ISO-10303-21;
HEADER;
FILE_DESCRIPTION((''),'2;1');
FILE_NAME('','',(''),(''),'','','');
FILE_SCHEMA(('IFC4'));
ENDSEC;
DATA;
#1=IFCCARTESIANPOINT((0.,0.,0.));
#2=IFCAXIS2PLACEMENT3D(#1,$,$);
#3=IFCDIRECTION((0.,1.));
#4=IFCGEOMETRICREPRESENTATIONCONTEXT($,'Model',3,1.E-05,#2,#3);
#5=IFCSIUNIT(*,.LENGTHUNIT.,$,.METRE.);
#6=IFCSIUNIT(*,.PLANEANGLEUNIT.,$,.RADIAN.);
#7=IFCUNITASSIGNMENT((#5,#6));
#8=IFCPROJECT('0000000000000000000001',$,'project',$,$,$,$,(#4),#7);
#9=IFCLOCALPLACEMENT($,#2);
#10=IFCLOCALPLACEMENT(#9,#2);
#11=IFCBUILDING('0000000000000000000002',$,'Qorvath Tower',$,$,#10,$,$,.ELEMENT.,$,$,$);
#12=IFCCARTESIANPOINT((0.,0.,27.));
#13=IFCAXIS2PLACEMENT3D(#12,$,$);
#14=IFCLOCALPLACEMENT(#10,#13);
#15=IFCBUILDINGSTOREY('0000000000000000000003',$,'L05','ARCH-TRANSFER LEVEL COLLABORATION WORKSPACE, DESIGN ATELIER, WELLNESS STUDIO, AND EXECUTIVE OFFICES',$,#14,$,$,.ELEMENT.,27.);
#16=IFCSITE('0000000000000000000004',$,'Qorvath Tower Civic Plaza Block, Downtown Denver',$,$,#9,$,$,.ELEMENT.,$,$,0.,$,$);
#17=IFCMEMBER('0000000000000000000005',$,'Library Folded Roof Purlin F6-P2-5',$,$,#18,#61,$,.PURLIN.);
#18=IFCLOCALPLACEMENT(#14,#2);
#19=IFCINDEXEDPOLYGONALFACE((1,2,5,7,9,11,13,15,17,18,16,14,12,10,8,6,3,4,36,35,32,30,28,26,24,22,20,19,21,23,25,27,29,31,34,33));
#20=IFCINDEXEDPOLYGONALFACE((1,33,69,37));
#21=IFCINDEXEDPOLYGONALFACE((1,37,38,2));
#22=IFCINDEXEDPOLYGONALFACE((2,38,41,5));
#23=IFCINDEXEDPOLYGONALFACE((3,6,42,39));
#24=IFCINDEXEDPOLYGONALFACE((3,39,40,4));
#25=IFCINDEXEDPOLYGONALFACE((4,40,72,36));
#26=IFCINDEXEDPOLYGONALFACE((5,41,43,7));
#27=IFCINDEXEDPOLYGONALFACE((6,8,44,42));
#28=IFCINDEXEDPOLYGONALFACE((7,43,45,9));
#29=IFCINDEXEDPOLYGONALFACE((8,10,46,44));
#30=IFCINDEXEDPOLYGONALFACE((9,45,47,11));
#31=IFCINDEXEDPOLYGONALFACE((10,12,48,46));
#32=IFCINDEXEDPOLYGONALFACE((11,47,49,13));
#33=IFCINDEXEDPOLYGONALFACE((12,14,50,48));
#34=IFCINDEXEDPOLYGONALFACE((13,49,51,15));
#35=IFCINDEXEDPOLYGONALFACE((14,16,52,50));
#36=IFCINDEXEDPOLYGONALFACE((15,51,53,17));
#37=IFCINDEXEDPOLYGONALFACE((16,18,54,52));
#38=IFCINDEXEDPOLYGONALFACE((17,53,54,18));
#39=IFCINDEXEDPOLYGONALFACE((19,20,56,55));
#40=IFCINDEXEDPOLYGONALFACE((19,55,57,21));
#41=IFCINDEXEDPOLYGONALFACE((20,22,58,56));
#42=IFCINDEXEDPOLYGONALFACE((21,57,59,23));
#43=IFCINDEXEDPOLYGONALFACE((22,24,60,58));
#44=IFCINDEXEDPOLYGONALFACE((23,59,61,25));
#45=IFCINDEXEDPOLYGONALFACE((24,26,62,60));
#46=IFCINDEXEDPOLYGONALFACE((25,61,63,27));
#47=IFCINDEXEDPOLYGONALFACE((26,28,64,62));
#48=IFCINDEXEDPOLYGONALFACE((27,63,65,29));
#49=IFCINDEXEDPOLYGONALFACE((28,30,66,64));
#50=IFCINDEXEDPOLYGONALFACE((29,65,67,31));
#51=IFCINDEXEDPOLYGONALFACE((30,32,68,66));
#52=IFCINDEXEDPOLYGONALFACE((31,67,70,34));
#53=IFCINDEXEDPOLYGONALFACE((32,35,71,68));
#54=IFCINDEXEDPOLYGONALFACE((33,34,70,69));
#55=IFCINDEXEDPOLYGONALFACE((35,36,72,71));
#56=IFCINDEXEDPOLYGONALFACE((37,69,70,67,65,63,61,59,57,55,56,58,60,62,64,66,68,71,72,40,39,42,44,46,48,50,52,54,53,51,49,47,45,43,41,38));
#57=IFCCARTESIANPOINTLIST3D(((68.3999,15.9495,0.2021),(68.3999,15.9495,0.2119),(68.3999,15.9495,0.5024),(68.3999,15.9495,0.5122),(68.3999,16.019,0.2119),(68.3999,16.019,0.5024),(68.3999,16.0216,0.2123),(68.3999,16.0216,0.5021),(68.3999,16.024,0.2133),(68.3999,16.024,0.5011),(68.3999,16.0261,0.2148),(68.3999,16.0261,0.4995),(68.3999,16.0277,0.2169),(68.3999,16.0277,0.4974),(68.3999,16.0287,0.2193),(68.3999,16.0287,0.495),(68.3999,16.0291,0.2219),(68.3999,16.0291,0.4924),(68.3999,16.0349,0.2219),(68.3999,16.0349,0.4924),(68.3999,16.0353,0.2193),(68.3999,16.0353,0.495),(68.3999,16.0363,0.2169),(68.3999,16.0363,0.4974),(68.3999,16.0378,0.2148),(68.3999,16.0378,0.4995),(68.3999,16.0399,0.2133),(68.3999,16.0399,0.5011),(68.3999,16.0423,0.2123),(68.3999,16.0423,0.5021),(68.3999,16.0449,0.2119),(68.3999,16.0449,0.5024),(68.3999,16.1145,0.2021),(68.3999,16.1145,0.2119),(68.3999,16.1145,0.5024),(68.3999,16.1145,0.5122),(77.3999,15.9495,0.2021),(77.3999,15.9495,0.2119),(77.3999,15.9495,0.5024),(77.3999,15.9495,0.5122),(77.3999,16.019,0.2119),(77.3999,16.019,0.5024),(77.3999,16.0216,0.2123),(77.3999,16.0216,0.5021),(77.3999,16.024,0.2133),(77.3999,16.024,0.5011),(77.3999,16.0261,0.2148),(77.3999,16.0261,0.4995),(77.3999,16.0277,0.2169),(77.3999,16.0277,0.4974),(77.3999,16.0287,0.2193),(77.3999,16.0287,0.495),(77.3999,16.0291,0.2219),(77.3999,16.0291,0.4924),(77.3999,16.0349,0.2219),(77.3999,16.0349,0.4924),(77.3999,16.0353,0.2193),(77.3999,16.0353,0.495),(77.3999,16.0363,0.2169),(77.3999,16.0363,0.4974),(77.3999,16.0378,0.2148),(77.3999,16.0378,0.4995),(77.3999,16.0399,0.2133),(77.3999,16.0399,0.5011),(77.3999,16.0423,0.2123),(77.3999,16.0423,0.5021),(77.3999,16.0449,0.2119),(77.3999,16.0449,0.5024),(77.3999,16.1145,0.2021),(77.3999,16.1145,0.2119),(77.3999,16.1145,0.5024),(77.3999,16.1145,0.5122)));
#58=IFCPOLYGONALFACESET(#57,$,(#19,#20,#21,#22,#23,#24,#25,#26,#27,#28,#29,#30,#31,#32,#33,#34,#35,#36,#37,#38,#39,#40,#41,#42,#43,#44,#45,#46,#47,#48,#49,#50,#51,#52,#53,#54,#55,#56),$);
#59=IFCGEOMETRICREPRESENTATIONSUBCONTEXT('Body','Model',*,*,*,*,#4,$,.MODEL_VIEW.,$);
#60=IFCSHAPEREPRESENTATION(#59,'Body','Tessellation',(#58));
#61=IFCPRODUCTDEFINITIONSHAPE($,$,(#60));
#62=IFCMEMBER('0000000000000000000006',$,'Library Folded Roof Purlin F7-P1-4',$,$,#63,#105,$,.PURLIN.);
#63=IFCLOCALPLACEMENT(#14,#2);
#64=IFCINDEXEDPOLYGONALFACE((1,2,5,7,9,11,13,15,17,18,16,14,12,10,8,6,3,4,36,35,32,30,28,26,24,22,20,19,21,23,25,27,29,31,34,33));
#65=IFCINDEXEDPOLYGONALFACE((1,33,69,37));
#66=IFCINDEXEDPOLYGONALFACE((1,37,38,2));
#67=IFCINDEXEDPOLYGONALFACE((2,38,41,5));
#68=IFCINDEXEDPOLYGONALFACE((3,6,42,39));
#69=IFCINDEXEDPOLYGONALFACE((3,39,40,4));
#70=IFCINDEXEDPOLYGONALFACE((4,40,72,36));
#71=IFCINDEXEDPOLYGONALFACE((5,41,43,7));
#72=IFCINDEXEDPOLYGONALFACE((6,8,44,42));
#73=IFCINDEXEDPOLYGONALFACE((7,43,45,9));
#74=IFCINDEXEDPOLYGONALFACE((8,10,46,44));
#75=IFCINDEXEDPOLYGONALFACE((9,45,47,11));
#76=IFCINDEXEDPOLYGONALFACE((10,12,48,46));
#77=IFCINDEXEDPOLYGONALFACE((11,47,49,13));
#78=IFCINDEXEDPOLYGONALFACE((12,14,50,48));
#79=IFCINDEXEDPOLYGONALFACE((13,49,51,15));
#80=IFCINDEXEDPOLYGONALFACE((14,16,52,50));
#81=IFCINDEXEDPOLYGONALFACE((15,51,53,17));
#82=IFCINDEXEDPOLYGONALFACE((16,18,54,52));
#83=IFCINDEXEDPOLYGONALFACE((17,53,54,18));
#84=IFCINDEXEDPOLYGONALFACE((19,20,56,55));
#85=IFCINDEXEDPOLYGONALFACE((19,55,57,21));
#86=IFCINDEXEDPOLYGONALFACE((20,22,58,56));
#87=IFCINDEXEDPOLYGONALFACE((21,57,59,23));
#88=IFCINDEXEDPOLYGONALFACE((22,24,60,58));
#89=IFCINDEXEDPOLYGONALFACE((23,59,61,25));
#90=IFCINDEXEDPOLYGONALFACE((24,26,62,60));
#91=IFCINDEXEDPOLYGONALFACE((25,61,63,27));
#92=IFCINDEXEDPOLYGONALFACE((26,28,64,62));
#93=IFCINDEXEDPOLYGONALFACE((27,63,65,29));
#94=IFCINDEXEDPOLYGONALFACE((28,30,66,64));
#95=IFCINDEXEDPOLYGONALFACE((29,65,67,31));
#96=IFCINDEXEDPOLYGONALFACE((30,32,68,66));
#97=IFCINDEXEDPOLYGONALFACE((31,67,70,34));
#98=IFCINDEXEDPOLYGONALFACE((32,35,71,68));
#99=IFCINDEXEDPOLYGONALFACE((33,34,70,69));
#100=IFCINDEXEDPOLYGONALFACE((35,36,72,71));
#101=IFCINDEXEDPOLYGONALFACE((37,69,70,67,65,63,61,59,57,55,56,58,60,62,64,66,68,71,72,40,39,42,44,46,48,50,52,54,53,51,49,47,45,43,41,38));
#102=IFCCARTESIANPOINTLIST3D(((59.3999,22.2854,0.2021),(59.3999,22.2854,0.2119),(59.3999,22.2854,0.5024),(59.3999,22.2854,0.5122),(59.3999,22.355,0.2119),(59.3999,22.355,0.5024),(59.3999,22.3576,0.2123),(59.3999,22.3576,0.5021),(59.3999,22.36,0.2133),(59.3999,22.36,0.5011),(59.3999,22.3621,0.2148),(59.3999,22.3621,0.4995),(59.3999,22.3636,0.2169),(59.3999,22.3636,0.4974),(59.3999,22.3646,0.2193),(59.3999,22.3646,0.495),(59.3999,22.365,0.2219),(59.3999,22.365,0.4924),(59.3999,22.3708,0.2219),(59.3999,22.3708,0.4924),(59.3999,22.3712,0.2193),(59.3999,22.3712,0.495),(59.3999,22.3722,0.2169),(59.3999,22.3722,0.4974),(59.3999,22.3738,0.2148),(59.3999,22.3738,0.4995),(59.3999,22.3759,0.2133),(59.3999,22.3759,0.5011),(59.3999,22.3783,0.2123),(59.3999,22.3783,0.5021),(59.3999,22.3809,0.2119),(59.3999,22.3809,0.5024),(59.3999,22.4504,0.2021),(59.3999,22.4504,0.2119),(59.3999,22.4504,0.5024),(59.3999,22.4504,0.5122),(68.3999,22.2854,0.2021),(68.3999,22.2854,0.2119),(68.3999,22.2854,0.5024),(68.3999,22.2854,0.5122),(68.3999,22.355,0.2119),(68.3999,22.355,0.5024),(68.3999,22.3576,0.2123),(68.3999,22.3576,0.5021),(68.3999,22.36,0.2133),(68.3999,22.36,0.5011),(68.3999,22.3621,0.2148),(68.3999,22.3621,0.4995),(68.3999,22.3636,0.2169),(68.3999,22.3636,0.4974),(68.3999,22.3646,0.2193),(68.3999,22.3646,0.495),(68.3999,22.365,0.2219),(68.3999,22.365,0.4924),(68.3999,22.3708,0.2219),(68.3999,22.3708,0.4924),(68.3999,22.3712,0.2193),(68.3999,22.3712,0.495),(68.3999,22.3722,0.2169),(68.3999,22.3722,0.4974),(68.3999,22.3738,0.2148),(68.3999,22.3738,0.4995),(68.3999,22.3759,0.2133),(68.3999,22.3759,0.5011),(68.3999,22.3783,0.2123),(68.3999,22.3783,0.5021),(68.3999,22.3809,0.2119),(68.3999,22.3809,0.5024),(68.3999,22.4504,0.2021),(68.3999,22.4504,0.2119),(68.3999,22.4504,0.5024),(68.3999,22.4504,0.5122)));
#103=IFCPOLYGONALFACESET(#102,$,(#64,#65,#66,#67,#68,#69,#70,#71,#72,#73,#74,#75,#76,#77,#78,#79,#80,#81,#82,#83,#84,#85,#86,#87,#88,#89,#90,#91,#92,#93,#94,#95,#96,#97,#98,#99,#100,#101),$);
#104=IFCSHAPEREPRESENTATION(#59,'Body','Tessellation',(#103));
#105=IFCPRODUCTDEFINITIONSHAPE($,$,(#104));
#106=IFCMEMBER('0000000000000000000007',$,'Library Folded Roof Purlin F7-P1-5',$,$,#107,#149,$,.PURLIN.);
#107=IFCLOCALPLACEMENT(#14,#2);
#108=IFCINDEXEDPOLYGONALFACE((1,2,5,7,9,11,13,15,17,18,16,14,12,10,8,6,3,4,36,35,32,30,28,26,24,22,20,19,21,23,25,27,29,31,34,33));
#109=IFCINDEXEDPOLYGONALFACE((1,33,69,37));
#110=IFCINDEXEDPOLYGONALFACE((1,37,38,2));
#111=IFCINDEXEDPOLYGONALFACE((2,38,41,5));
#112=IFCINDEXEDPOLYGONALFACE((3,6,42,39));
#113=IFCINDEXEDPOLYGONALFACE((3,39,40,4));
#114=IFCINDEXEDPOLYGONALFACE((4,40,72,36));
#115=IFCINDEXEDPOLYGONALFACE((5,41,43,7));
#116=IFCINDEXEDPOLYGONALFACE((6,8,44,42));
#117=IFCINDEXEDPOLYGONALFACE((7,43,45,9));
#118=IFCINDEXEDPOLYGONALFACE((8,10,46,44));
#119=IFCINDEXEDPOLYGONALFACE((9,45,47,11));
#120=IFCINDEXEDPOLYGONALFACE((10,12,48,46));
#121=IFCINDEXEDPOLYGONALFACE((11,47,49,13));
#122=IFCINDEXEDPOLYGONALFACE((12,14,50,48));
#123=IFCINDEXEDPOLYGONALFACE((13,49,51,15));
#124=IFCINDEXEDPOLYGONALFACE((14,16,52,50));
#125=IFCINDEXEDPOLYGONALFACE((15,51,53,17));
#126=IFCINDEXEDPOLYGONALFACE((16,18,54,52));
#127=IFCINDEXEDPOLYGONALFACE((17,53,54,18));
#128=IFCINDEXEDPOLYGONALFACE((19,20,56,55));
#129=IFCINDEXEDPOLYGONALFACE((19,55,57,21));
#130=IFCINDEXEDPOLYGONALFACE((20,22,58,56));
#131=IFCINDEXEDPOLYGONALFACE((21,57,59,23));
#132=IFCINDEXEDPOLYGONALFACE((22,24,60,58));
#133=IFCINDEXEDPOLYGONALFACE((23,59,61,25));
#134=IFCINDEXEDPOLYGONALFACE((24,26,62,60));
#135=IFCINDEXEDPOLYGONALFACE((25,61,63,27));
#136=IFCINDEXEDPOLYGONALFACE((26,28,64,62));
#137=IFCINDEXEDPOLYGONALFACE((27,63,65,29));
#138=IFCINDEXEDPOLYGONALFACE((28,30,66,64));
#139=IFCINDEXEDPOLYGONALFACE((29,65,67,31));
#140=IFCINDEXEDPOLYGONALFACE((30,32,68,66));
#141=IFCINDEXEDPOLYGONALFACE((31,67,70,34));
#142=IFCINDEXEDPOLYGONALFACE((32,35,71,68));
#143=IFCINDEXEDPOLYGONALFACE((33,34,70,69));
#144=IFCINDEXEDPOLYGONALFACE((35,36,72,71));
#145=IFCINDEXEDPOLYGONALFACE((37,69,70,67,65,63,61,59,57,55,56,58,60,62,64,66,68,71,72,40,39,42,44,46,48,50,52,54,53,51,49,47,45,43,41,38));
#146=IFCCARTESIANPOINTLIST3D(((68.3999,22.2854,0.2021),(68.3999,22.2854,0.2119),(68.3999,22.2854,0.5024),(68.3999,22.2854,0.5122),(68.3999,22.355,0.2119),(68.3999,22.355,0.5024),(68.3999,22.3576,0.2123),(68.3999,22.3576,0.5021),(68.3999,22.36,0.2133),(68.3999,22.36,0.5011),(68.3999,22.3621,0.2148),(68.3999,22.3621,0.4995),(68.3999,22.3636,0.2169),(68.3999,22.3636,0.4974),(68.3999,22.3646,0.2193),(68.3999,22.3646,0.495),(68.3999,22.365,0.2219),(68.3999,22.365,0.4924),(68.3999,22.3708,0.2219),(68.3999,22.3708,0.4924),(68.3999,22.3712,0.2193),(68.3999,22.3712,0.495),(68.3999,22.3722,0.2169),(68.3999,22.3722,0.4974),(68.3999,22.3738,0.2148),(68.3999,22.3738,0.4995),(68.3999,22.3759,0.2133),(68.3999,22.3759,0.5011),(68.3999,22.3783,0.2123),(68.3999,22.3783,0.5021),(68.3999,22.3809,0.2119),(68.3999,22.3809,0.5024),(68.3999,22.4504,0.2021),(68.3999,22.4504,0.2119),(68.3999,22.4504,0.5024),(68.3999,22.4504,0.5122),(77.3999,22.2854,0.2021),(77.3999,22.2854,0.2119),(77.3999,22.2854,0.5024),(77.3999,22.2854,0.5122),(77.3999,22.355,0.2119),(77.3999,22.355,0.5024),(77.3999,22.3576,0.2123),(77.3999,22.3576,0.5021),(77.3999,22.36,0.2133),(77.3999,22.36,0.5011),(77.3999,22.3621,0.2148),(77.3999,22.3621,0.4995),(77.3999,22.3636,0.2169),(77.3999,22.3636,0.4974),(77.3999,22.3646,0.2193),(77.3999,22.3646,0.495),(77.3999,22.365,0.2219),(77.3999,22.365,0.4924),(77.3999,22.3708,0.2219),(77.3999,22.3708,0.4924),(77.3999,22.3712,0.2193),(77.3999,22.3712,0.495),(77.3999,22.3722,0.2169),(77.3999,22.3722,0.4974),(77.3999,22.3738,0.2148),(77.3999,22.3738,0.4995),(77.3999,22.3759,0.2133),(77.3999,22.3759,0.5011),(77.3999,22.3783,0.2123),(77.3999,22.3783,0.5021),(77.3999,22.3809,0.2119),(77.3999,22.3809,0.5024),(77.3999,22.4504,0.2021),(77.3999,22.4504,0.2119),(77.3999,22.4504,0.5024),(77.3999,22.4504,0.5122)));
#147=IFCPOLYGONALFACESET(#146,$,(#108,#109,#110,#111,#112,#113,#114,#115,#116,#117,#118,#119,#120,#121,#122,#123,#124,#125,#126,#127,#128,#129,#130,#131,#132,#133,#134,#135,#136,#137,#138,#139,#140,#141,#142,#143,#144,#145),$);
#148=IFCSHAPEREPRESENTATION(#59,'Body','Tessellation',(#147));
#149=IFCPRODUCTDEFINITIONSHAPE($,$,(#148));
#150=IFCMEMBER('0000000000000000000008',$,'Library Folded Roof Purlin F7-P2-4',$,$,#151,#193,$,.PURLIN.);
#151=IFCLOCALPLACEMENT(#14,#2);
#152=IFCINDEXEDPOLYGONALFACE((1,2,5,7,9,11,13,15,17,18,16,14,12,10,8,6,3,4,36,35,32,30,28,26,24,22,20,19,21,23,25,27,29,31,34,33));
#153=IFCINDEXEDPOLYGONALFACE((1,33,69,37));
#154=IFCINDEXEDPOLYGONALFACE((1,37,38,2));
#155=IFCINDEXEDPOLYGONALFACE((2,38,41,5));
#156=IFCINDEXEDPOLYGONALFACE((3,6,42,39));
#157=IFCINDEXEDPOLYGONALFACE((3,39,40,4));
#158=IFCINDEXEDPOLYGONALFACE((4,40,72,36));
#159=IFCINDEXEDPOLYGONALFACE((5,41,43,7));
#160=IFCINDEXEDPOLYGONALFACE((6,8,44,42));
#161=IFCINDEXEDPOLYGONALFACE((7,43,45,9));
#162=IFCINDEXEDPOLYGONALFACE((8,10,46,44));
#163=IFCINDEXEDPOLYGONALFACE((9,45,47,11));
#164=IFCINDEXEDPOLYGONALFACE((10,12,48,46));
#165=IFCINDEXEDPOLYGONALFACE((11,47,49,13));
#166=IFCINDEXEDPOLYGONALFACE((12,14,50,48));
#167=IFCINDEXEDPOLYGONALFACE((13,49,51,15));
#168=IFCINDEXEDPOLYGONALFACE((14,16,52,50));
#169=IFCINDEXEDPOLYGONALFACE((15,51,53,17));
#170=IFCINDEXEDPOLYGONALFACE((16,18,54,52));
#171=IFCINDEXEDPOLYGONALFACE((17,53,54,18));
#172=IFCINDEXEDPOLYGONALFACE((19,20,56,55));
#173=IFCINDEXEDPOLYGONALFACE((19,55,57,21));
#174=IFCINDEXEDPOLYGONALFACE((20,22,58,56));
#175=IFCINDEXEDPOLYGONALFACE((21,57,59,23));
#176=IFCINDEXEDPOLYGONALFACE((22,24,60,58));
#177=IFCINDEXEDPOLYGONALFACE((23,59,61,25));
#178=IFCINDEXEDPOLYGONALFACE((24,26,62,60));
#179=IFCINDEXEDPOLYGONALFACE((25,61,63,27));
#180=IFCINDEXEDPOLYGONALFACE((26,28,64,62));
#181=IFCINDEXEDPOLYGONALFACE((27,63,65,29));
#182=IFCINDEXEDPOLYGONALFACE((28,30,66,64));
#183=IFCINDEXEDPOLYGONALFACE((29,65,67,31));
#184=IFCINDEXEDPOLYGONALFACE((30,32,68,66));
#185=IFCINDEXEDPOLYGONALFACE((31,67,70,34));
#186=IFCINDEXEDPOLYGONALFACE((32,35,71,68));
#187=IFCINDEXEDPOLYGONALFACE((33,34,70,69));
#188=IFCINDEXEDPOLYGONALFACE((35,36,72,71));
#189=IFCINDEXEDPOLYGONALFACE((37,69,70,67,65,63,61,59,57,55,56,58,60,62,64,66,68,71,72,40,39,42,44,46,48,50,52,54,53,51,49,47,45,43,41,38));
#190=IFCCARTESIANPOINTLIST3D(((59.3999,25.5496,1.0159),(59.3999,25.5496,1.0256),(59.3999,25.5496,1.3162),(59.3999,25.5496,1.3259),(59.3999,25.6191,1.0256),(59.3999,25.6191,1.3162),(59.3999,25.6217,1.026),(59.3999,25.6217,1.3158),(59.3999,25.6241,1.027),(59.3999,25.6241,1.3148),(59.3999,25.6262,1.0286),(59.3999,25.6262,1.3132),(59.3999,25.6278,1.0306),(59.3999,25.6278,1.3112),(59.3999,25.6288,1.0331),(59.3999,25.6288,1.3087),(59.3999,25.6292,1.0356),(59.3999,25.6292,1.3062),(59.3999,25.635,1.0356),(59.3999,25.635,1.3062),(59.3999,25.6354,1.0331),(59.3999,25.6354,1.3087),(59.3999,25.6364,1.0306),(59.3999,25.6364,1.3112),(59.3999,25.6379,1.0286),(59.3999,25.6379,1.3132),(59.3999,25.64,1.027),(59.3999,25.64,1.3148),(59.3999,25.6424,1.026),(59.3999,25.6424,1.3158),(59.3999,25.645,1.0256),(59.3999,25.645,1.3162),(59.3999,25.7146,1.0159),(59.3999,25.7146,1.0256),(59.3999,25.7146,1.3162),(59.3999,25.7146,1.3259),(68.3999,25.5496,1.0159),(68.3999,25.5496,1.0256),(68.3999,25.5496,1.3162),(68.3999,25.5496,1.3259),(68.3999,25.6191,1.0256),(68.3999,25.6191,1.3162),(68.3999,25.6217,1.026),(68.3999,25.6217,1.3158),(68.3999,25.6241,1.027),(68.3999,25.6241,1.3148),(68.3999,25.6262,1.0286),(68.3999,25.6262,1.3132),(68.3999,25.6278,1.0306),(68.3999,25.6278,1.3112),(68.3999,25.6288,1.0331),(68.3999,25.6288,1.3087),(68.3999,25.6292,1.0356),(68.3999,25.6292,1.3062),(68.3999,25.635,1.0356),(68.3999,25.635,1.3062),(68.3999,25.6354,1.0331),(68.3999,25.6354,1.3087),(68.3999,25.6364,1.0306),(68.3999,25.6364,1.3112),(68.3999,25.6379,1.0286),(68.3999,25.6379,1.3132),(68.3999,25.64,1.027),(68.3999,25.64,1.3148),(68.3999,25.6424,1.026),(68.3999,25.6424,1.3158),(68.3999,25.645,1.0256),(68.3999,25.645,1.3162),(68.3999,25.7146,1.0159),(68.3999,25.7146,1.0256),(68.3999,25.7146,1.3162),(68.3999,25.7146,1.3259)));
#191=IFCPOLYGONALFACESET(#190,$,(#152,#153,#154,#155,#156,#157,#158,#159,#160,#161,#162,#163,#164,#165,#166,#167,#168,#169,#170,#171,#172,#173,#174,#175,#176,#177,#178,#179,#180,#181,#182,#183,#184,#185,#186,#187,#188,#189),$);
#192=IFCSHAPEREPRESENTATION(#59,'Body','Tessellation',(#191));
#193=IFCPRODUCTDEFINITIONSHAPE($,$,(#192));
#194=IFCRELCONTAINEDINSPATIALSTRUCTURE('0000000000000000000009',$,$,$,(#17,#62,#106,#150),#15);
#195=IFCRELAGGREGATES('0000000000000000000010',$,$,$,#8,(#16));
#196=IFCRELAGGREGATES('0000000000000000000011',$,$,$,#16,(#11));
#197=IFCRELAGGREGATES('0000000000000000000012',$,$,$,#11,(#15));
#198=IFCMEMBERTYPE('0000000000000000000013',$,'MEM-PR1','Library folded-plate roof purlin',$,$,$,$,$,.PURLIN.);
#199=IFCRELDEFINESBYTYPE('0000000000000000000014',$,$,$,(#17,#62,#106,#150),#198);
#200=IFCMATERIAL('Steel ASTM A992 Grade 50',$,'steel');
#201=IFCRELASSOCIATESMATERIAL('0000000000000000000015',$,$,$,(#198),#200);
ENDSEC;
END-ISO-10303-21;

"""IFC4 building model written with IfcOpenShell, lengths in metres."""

from ifc_helpers import new_model, si_unit, direction, frame, origin, origin_2d, place, context, subcontext, project, spatial, i_section, extrude, material, material_profile, profile_set, type_object, element, save


model = new_model("IFC4")

# Units and contexts
model_context = context("Model", 3, precision=1e-05, world=origin(), true_north=direction((0.0, 1.0)))
body_context = subcontext(model_context, "Body", "Model", "MODEL_VIEW")
ifc_project = project(units=[si_unit("LENGTHUNIT", "METRE"), si_unit("PLANEANGLEUNIT", "RADIAN")], contexts=[model_context])

# Site, building, storey
site_placement = place(None, origin())
site = spatial("IfcSite", under=ifc_project, at=site_placement, Name="Qorvath Tower Civic Plaza Block, Downtown Denver", CompositionType="ELEMENT", RefElevation=0.0)
building_placement = place(site_placement, origin())
building = spatial("IfcBuilding", under=site, at=building_placement, Name="Qorvath Tower", CompositionType="ELEMENT")
storey_placement = place(building_placement, frame((0.0, 0.0, 27.0)))
storey = spatial("IfcBuildingStorey", under=building, at=storey_placement, Name="L05", Description="ARCH-TRANSFER LEVEL COLLABORATION WORKSPACE, DESIGN ATELIER, WELLNESS STUDIO, AND EXECUTIVE OFFICES", CompositionType="ELEMENT", Elevation=27.0)

# Members
ifc_material_1 = material(Name="Steel ASTM A992 Grade 50", Category="steel")
ifc_material_profile_1 = material_profile(ifc_material_1, i_section(OverallWidth=0.165, OverallDepth=0.3101, WebThickness=0.0059, FlangeThickness=0.0098, FilletRadius=0.01, at=origin_2d()), Name="W12x26")
ifc_profile_set_1 = profile_set([ifc_material_profile_1], Name="Steel ASTM A992 Grade 50")
member_type_1 = type_object("IfcMemberType", Name="MEM-PR1", Description="Library folded-plate roof purlin", PredefinedType="PURLIN", material=ifc_profile_set_1)
for number, where, z_axis, x_axis, name in (
    (1, (68.3999, 16.032, 0.3572), (1.0, 0.0, 0.0), (0.0, 1.0, 0.0), "Library Folded Roof Purlin F6-P2-5"),
    (2, (59.3999, 22.3679, 0.3572), (1.0, 0.0, 0.0), (0.0, 1.0, 0.0), "Library Folded Roof Purlin F7-P1-4"),
    (3, (68.3999, 22.3679, 0.3572), (1.0, 0.0, 0.0), (0.0, 1.0, 0.0), "Library Folded Roof Purlin F7-P1-5"),
    (4, (59.3999, 25.6321, 1.1709), (1.0, 0.0, 0.0), (0.0, 1.0, 0.0), "Library Folded Roof Purlin F7-P2-4"),
):
    element("IfcMember", number, at=place(storey_placement, frame(where, z_axis=z_axis, x_axis=x_axis)), inside=storey, type_object=member_type_1, Name=name, PredefinedType="PURLIN", context=body_context, shape_type="SweptSolid", body=[
        extrude(i_section(OverallWidth=0.165, OverallDepth=0.3101, WebThickness=0.0059, FlangeThickness=0.0098, FilletRadius=0.01, at=origin_2d()), origin(), (0.0, 0.0, 1.0), 9.0),
    ])

save(model, "model.ifc")
